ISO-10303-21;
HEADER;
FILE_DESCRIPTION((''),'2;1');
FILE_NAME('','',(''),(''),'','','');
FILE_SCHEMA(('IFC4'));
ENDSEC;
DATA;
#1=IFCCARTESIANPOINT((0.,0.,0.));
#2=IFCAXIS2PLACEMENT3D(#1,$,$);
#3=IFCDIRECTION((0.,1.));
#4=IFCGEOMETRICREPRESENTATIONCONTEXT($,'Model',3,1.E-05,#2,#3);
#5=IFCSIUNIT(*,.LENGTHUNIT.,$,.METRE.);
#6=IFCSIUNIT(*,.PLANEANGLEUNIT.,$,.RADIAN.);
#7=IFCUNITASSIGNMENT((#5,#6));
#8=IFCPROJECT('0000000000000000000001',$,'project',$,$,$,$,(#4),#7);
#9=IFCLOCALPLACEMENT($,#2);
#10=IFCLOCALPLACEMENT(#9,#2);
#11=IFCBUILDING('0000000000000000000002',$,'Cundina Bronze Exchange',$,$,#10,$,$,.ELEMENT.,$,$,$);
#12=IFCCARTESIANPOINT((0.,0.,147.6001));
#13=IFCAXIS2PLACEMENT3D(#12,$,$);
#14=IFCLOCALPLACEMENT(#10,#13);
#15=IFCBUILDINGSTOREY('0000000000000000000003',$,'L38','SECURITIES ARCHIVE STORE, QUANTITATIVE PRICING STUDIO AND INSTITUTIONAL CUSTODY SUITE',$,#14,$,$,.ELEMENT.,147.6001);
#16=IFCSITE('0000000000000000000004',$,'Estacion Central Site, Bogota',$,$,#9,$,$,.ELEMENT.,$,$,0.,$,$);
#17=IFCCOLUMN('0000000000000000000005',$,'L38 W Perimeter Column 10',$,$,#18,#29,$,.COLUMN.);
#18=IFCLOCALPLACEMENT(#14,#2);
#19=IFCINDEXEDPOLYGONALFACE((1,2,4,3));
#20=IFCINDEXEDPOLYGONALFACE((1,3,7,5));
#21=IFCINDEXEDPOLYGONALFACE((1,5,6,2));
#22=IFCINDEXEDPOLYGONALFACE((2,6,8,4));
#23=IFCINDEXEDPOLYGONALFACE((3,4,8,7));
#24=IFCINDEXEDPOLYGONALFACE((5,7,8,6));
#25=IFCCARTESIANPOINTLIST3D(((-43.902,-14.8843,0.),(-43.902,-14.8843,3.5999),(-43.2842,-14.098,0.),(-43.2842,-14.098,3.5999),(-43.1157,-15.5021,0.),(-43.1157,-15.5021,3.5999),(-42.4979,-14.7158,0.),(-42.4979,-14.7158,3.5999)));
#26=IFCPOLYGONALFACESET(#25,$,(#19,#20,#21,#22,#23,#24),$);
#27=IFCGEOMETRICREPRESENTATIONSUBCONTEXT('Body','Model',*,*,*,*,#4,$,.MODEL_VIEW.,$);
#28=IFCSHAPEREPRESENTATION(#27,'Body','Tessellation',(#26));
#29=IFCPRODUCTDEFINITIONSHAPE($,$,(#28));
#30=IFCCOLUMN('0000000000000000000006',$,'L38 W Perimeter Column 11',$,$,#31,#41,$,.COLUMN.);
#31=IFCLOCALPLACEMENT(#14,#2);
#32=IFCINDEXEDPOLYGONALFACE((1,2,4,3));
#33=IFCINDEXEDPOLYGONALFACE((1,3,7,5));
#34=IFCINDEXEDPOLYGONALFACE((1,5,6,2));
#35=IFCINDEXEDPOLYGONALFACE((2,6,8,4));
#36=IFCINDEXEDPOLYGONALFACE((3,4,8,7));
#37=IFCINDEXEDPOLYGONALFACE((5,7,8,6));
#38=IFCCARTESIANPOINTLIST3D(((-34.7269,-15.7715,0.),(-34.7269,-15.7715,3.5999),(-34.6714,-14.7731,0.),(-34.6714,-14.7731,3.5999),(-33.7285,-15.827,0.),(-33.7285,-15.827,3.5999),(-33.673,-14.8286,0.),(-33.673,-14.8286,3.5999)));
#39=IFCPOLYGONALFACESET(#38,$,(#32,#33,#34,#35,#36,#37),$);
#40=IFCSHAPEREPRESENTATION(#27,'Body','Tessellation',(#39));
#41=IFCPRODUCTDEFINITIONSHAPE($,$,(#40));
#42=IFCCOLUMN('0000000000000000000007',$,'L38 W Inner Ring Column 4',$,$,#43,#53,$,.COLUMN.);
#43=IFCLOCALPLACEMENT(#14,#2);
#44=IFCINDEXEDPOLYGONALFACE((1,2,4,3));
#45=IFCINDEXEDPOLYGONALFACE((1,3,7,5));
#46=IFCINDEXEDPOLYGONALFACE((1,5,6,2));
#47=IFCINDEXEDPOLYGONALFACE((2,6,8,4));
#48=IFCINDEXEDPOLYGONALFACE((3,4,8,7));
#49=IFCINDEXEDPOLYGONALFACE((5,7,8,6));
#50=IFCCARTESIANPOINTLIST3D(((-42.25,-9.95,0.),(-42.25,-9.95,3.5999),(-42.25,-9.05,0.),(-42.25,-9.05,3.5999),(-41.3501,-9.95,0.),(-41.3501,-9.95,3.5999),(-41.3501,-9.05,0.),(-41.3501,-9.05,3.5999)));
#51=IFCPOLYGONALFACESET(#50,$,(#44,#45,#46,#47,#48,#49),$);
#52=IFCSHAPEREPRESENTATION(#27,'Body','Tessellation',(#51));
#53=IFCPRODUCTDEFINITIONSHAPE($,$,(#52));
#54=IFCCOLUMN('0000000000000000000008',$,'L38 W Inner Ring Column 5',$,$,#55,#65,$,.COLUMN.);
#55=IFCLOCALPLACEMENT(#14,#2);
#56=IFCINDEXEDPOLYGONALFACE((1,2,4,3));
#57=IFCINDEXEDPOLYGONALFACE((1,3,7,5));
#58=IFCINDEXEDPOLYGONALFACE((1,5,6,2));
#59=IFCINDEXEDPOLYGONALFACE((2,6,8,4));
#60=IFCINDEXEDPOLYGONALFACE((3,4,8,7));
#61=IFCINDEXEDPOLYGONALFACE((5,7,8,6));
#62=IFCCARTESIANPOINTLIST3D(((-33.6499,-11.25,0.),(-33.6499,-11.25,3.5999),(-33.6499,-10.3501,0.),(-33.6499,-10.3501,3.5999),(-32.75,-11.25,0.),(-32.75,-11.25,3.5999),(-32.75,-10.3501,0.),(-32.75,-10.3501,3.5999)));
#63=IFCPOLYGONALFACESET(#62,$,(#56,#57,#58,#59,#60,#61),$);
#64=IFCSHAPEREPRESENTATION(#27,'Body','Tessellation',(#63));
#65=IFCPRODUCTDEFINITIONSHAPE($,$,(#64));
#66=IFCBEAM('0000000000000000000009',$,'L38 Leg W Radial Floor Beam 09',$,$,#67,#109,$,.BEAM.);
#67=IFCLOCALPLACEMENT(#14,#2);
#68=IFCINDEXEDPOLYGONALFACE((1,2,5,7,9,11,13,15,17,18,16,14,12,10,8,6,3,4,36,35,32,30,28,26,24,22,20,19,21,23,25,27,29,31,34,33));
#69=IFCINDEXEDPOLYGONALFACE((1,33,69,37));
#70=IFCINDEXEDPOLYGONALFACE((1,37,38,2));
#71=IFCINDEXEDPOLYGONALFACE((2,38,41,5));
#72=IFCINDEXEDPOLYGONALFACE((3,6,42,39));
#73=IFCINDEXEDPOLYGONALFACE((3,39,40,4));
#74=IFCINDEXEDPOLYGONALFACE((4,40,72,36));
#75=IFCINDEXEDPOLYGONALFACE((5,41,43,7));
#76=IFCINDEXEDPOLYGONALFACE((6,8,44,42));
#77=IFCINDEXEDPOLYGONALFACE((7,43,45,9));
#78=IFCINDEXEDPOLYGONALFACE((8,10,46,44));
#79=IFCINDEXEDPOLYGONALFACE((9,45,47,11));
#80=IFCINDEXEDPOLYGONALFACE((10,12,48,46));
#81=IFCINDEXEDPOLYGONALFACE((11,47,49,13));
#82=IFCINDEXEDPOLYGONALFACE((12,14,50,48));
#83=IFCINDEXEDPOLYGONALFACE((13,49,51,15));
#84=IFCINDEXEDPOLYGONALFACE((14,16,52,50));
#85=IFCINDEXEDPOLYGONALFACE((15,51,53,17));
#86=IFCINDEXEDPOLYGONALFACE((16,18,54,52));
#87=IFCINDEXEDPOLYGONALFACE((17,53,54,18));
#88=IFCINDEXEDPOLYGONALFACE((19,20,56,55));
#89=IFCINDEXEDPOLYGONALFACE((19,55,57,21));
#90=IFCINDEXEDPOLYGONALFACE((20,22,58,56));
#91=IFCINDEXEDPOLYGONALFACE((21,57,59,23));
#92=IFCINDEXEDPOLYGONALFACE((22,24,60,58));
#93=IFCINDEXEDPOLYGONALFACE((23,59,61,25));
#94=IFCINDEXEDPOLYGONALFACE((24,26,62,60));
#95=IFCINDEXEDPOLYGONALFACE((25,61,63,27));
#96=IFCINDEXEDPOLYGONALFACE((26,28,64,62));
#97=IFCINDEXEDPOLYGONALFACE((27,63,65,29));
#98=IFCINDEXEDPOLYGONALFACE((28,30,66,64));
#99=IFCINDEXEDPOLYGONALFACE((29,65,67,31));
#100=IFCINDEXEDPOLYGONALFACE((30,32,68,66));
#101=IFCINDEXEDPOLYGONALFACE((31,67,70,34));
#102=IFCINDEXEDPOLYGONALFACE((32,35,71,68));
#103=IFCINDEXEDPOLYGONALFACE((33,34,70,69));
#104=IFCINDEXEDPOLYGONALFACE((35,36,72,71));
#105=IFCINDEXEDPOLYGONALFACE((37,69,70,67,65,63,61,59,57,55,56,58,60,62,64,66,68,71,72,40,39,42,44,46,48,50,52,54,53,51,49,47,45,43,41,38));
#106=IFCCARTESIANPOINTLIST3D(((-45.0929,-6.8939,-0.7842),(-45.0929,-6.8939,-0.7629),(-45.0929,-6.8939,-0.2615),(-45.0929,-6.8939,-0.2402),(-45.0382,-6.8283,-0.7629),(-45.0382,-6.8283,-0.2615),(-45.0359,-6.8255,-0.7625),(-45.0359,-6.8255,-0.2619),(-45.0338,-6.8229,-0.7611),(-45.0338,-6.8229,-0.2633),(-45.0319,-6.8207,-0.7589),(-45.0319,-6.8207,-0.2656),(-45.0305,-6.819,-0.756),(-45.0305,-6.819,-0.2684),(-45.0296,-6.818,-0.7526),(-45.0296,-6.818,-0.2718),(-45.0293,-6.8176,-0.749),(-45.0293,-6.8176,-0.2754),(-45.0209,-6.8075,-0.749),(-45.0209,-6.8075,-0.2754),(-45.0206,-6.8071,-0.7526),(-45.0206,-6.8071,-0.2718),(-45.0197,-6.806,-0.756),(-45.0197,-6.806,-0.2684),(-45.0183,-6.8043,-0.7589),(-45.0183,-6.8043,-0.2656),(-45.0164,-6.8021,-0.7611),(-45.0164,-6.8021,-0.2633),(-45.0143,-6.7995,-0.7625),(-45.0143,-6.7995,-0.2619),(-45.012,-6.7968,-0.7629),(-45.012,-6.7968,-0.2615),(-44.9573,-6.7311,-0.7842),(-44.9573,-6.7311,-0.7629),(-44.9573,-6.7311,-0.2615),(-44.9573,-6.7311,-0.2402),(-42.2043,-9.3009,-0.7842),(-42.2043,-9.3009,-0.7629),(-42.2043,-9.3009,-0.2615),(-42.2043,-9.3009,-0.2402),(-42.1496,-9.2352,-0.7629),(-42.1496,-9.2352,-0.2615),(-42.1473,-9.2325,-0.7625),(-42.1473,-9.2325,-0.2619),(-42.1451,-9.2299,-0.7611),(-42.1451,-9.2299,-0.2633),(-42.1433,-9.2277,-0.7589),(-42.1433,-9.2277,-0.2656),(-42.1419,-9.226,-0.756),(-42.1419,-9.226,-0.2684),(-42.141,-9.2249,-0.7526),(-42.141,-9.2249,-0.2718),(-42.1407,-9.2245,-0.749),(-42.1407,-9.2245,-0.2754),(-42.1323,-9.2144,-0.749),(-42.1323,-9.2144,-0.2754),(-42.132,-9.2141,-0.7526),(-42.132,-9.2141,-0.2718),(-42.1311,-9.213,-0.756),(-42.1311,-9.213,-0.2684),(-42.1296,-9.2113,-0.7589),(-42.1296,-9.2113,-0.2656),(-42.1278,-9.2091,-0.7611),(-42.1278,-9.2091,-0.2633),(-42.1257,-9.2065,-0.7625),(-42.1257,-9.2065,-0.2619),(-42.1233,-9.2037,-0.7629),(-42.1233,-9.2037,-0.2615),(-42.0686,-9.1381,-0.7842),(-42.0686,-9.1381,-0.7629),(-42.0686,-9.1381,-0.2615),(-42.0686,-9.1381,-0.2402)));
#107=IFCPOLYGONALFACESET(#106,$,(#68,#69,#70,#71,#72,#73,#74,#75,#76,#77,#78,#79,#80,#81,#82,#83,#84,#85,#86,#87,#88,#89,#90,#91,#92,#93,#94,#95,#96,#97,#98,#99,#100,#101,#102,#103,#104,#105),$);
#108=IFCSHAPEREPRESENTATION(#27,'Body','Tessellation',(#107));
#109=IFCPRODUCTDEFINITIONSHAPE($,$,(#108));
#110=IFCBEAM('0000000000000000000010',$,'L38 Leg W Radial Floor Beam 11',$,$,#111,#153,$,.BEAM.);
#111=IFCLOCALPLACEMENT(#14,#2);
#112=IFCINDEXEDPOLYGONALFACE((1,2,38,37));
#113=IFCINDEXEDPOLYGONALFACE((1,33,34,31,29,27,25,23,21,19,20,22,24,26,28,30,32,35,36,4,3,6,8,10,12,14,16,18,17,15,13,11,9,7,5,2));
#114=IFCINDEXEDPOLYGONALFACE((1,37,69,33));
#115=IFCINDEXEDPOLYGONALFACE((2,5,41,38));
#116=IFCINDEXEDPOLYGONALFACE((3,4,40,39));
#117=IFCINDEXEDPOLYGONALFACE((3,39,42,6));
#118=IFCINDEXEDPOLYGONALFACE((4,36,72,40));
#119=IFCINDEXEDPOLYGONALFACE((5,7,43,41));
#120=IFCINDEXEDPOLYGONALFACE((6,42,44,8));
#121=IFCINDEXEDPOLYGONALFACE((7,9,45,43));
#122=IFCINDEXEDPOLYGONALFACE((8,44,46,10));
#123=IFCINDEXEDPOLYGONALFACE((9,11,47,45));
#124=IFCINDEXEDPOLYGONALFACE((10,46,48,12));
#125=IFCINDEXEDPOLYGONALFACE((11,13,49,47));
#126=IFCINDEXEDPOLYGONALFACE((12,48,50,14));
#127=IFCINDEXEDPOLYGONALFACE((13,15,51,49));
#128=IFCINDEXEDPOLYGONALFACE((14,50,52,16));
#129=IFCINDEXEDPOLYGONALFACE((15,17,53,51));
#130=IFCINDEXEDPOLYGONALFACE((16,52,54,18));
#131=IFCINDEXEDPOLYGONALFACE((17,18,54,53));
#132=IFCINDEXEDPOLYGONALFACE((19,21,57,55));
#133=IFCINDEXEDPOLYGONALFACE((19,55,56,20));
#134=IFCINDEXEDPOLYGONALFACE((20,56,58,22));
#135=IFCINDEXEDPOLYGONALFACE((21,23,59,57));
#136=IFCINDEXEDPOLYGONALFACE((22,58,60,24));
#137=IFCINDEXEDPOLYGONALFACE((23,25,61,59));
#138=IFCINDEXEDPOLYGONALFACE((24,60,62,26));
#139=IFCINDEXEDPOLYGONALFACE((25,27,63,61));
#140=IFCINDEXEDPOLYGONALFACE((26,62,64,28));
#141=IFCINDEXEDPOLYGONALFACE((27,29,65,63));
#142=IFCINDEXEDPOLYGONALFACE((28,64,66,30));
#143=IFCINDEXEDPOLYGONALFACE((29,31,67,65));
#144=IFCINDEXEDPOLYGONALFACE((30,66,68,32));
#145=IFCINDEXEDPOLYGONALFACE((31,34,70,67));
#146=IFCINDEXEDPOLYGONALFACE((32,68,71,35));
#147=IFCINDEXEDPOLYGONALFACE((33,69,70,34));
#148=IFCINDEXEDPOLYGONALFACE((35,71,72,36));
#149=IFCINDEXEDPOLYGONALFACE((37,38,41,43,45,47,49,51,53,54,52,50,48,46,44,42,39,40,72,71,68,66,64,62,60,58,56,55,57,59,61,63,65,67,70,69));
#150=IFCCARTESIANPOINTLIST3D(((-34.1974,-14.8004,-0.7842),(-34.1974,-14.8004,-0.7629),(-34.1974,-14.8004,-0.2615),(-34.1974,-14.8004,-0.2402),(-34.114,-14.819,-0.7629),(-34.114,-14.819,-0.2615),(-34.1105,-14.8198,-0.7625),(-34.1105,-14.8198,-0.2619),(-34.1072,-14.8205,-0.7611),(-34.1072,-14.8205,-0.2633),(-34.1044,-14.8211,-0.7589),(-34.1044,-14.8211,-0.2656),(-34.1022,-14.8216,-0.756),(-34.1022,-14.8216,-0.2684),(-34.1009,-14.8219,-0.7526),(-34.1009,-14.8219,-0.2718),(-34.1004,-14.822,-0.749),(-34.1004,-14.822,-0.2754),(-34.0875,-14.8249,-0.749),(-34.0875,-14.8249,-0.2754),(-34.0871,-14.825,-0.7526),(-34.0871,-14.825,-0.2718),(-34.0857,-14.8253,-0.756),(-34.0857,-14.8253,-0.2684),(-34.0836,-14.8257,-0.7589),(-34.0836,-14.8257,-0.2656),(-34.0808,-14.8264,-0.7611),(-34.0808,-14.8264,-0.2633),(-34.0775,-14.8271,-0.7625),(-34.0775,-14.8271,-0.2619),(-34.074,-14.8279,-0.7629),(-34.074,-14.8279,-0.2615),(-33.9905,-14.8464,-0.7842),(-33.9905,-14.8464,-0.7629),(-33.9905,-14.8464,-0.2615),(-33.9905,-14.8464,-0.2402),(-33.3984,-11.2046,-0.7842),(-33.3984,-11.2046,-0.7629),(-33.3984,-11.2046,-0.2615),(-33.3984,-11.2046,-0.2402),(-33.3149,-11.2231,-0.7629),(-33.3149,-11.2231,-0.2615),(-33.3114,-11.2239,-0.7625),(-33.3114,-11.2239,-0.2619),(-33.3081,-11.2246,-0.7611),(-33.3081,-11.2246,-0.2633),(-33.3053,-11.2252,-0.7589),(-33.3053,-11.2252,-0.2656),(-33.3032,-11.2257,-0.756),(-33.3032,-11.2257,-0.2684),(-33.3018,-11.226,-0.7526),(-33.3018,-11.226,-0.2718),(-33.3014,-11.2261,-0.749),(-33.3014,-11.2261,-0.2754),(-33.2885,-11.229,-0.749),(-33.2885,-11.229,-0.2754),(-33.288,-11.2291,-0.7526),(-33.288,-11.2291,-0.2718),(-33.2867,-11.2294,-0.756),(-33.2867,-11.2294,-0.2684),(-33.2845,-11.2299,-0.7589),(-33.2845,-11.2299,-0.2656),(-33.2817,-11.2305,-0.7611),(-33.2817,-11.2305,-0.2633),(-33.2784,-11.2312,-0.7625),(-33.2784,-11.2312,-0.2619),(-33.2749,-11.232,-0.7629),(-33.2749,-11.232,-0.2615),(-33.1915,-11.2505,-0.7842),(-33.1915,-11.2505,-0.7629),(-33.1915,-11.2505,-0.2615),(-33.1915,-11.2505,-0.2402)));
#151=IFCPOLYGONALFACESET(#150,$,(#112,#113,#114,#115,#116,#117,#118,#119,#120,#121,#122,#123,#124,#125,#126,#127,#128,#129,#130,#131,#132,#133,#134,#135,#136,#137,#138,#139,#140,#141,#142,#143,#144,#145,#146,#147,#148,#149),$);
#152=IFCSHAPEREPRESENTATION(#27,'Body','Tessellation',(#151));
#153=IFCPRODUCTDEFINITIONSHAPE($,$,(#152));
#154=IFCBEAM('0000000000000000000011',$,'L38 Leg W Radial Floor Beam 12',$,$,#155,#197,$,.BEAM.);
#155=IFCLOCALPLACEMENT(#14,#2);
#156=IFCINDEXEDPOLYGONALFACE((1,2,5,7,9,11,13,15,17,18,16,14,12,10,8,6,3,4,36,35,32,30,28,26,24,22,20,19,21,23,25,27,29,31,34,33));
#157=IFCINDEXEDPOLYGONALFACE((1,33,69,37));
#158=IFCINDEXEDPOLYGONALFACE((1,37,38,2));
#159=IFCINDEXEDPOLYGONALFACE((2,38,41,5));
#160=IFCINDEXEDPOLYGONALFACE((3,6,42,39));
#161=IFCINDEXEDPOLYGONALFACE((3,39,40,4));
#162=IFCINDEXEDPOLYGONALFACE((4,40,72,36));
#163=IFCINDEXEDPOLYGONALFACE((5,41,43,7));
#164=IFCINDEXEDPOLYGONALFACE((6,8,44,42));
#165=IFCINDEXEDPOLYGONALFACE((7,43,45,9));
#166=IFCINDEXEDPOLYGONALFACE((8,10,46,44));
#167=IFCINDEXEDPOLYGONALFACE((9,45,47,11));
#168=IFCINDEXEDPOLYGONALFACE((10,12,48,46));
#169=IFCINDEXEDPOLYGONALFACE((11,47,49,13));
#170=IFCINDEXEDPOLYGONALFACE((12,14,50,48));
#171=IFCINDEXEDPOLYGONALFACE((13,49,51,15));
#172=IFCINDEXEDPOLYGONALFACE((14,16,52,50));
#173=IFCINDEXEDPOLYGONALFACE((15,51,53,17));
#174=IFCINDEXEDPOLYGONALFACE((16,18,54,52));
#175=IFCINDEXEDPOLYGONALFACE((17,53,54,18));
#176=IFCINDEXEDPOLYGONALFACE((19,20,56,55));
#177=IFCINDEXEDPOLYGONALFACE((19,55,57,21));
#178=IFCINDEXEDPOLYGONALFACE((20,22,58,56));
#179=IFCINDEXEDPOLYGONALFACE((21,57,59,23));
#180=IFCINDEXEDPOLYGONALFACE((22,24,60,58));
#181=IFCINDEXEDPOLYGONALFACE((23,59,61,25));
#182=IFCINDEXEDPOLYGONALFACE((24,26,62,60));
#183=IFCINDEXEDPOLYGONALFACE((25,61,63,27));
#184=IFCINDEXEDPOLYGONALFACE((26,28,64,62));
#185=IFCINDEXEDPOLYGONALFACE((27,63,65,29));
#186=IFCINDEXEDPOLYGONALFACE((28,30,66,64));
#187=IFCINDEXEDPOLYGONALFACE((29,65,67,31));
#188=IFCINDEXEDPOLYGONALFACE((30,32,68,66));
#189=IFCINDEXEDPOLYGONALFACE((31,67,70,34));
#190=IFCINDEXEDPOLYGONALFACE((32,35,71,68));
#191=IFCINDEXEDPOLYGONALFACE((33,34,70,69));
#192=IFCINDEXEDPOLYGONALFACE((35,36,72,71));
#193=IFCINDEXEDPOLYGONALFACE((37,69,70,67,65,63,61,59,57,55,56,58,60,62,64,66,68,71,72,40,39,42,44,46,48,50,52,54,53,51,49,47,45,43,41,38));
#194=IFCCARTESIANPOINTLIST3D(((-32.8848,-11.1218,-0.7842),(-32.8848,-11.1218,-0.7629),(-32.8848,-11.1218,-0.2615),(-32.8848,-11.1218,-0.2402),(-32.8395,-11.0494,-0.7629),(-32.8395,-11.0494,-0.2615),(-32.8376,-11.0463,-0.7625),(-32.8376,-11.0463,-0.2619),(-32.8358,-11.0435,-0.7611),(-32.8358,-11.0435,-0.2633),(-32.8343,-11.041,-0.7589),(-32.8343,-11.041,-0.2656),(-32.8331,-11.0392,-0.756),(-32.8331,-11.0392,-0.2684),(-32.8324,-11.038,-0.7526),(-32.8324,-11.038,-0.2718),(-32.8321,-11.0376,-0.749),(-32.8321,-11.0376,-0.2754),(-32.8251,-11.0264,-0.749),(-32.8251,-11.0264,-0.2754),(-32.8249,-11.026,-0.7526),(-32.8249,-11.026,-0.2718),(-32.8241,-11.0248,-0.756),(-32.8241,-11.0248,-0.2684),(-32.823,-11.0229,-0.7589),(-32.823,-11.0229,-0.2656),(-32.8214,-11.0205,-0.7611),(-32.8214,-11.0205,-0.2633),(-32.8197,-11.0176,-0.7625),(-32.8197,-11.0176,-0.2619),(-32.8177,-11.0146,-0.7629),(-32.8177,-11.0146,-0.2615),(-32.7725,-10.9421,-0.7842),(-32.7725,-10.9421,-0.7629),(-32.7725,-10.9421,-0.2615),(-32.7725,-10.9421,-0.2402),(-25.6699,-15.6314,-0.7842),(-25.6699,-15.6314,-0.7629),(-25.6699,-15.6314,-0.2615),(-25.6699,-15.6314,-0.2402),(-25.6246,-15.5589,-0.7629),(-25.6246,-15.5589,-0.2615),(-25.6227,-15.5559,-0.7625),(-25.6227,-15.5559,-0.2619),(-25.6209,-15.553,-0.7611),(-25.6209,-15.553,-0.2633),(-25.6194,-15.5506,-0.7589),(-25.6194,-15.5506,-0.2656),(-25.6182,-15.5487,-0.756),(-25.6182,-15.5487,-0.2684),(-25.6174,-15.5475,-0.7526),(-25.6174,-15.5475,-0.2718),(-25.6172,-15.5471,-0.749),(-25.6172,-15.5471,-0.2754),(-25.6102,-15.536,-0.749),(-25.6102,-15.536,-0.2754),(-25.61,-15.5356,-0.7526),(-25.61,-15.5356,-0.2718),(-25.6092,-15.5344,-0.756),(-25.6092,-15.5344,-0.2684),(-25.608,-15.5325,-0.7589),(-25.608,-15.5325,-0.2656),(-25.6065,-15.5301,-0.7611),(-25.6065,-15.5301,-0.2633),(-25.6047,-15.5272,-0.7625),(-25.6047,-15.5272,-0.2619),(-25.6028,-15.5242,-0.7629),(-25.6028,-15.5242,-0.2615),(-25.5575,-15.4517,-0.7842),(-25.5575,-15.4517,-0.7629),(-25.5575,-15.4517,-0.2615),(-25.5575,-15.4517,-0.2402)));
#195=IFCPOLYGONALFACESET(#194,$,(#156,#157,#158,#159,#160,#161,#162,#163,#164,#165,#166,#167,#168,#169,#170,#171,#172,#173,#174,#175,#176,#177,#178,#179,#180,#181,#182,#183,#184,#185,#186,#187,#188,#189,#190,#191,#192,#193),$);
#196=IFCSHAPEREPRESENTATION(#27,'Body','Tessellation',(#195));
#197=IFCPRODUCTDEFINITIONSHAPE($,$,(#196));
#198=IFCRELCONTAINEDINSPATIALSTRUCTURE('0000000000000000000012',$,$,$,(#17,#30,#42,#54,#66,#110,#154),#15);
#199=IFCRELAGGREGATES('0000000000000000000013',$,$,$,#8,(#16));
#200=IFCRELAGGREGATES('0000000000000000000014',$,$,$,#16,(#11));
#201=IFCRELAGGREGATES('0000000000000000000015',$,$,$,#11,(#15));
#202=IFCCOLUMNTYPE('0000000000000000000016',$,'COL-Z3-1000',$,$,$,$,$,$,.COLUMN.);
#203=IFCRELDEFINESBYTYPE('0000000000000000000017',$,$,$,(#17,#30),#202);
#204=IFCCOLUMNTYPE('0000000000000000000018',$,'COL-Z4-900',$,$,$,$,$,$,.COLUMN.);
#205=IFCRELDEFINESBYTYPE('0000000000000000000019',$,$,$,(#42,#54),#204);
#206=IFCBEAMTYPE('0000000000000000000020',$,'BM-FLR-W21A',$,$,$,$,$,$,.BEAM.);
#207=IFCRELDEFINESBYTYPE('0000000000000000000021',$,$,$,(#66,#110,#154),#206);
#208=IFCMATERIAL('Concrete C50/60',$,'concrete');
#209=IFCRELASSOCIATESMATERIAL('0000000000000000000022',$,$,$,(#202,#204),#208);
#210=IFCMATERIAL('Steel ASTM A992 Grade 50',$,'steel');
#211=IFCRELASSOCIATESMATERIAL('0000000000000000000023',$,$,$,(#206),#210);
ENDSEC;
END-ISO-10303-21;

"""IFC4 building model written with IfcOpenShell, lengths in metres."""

from ifc_helpers import new_model, si_unit, direction, frame, origin, origin_2d, place, context, subcontext, project, spatial, rectangle, i_section, extrude, material, material_profile, profile_set, type_object, element, save


model = new_model("IFC4")

# Units and contexts
model_context = context("Model", 3, precision=1e-05, world=origin(), true_north=direction((0.0, 1.0)))
body_context = subcontext(model_context, "Body", "Model", "MODEL_VIEW")
ifc_project = project(units=[si_unit("LENGTHUNIT", "METRE"), si_unit("PLANEANGLEUNIT", "RADIAN")], contexts=[model_context])

# Site, building, storey
site_placement = place(None, origin())
site = spatial("IfcSite", under=ifc_project, at=site_placement, Name="Estacion Central Site, Bogota", CompositionType="ELEMENT", RefElevation=0.0)
building_placement = place(site_placement, origin())
building = spatial("IfcBuilding", under=site, at=building_placement, Name="Cundina Bronze Exchange", CompositionType="ELEMENT")
storey_placement = place(building_placement, frame((0.0, 0.0, 147.6001)))
storey = spatial("IfcBuildingStorey", under=building, at=storey_placement, Name="L38", Description="SECURITIES ARCHIVE STORE, QUANTITATIVE PRICING STUDIO AND INSTITUTIONAL CUSTODY SUITE", CompositionType="ELEMENT", Elevation=147.6001)

# Columns
ifc_material_1 = material(Name="Concrete C50/60", Category="concrete")
ifc_material_profile_1 = material_profile(ifc_material_1, rectangle(XDim=1.0, YDim=1.0, at=origin_2d()), Name="RC1000X1000", Category="concrete")
ifc_profile_set_1 = profile_set([ifc_material_profile_1], Name="Concrete C50/60")
column_type_1 = type_object("IfcColumnType", Name="COL-Z3-1000", PredefinedType="COLUMN", material=ifc_profile_set_1)
for number, where, z_axis, x_axis, name in (
    (1, (-43.2, -14.8, 0.0), (0.0, 0.0, 1.0), (0.786288, -0.61786, 0.0), "L38 W Perimeter Column 10"),
    (2, (-34.2, -15.3, 0.0), (0.0, 0.0, 1.0), (0.99846, -0.055473, 0.0), "L38 W Perimeter Column 11"),
):
    element("IfcColumn", number, at=place(storey_placement, frame(where, z_axis=z_axis, x_axis=x_axis)), inside=storey, type_object=column_type_1, Name=name, PredefinedType="COLUMN", context=body_context, shape_type="SweptSolid", body=[
        extrude(rectangle(XDim=1.0, YDim=1.0, at=origin_2d()), origin(), (0.0, 0.0, 1.0), 3.5999),
    ])
ifc_material_profile_2 = material_profile(ifc_material_1, rectangle(XDim=0.8999, YDim=0.8999, at=origin_2d()), Name="RC900X900", Category="concrete")
ifc_profile_set_2 = profile_set([ifc_material_profile_2], Name="Concrete C50/60")
column_type_2 = type_object("IfcColumnType", Name="COL-Z4-900", PredefinedType="COLUMN", material=ifc_profile_set_2)
for number, where, z_axis, x_axis, name in (
    (3, (-41.8, -9.5, 0.0), (0.0, 0.0, 1.0), (1.0, 0.0, 0.0), "L38 W Inner Ring Column 4"),
    (4, (-33.2, -10.8, 0.0), (0.0, 0.0, 1.0), (1.0, 0.0, 0.0), "L38 W Inner Ring Column 5"),
):
    element("IfcColumn", number, at=place(storey_placement, frame(where, z_axis=z_axis, x_axis=x_axis)), inside=storey, type_object=column_type_2, Name=name, PredefinedType="COLUMN", context=body_context, shape_type="SweptSolid", body=[
        extrude(rectangle(XDim=0.8999, YDim=0.8999, at=origin_2d()), origin(), (0.0, 0.0, 1.0), 3.5999),
    ])

# Beams
ifc_material_2 = material(Name="Steel ASTM A992 Grade 50", Category="steel")
ifc_material_profile_3 = material_profile(ifc_material_2, i_section(OverallWidth=0.2119, OverallDepth=0.5439, WebThickness=0.0132, FlangeThickness=0.0212, FilletRadius=0.0139, at=origin_2d()), Name="W21X83", Category="steel")
ifc_profile_set_3 = profile_set([ifc_material_profile_3], Name="Steel ASTM A992 Grade 50")
beam_type_1 = type_object("IfcBeamType", Name="BM-FLR-W21A", PredefinedType="BEAM", material=ifc_profile_set_3)
beam_1_placement = place(storey_placement, frame((-42.1365, -9.2195, -0.5122), z_axis=(-0.768253, 0.640146, 0.0), x_axis=(-0.640146, -0.768253, 0.0)))
element("IfcBeam", 5, at=beam_1_placement, inside=storey, type_object=beam_type_1, Name="L38 Leg W Radial Floor Beam 09", PredefinedType="BEAM", context=body_context, shape_type="SweptSolid", body=[
    extrude(i_section(OverallWidth=0.2119, OverallDepth=0.5439, WebThickness=0.0132, FlangeThickness=0.0212, FilletRadius=0.0139, at=origin_2d()), origin(), (0.0, 0.0, 1.0), 3.76),
])
beam_2_placement = place(storey_placement, frame((-33.2949, -11.2275, -0.5122), z_axis=(-0.216923, -0.976189, 0.0), x_axis=(0.976189, -0.216923, 0.0)))
element("IfcBeam", 6, at=beam_2_placement, inside=storey, type_object=beam_type_1, Name="L38 Leg W Radial Floor Beam 11", PredefinedType="BEAM", context=body_context, shape_type="SweptSolid", body=[
    extrude(i_section(OverallWidth=0.2119, OverallDepth=0.5439, WebThickness=0.0132, FlangeThickness=0.0212, FilletRadius=0.0139, at=origin_2d()), origin(), (0.0, 0.0, 1.0), 3.6836),
])
beam_3_placement = place(storey_placement, frame((-32.8286, -11.032, -0.5122), z_axis=(0.847985, -0.53002, 0.0), x_axis=(0.53002, 0.847985, 0.0)))
element("IfcBeam", 7, at=beam_3_placement, inside=storey, type_object=beam_type_1, Name="L38 Leg W Radial Floor Beam 12", PredefinedType="BEAM", context=body_context, shape_type="SweptSolid", body=[
    extrude(i_section(OverallWidth=0.2119, OverallDepth=0.5439, WebThickness=0.0132, FlangeThickness=0.0212, FilletRadius=0.0139, at=origin_2d()), origin(), (0.0, 0.0, 1.0), 8.5083),
])

save(model, "model.ifc")
